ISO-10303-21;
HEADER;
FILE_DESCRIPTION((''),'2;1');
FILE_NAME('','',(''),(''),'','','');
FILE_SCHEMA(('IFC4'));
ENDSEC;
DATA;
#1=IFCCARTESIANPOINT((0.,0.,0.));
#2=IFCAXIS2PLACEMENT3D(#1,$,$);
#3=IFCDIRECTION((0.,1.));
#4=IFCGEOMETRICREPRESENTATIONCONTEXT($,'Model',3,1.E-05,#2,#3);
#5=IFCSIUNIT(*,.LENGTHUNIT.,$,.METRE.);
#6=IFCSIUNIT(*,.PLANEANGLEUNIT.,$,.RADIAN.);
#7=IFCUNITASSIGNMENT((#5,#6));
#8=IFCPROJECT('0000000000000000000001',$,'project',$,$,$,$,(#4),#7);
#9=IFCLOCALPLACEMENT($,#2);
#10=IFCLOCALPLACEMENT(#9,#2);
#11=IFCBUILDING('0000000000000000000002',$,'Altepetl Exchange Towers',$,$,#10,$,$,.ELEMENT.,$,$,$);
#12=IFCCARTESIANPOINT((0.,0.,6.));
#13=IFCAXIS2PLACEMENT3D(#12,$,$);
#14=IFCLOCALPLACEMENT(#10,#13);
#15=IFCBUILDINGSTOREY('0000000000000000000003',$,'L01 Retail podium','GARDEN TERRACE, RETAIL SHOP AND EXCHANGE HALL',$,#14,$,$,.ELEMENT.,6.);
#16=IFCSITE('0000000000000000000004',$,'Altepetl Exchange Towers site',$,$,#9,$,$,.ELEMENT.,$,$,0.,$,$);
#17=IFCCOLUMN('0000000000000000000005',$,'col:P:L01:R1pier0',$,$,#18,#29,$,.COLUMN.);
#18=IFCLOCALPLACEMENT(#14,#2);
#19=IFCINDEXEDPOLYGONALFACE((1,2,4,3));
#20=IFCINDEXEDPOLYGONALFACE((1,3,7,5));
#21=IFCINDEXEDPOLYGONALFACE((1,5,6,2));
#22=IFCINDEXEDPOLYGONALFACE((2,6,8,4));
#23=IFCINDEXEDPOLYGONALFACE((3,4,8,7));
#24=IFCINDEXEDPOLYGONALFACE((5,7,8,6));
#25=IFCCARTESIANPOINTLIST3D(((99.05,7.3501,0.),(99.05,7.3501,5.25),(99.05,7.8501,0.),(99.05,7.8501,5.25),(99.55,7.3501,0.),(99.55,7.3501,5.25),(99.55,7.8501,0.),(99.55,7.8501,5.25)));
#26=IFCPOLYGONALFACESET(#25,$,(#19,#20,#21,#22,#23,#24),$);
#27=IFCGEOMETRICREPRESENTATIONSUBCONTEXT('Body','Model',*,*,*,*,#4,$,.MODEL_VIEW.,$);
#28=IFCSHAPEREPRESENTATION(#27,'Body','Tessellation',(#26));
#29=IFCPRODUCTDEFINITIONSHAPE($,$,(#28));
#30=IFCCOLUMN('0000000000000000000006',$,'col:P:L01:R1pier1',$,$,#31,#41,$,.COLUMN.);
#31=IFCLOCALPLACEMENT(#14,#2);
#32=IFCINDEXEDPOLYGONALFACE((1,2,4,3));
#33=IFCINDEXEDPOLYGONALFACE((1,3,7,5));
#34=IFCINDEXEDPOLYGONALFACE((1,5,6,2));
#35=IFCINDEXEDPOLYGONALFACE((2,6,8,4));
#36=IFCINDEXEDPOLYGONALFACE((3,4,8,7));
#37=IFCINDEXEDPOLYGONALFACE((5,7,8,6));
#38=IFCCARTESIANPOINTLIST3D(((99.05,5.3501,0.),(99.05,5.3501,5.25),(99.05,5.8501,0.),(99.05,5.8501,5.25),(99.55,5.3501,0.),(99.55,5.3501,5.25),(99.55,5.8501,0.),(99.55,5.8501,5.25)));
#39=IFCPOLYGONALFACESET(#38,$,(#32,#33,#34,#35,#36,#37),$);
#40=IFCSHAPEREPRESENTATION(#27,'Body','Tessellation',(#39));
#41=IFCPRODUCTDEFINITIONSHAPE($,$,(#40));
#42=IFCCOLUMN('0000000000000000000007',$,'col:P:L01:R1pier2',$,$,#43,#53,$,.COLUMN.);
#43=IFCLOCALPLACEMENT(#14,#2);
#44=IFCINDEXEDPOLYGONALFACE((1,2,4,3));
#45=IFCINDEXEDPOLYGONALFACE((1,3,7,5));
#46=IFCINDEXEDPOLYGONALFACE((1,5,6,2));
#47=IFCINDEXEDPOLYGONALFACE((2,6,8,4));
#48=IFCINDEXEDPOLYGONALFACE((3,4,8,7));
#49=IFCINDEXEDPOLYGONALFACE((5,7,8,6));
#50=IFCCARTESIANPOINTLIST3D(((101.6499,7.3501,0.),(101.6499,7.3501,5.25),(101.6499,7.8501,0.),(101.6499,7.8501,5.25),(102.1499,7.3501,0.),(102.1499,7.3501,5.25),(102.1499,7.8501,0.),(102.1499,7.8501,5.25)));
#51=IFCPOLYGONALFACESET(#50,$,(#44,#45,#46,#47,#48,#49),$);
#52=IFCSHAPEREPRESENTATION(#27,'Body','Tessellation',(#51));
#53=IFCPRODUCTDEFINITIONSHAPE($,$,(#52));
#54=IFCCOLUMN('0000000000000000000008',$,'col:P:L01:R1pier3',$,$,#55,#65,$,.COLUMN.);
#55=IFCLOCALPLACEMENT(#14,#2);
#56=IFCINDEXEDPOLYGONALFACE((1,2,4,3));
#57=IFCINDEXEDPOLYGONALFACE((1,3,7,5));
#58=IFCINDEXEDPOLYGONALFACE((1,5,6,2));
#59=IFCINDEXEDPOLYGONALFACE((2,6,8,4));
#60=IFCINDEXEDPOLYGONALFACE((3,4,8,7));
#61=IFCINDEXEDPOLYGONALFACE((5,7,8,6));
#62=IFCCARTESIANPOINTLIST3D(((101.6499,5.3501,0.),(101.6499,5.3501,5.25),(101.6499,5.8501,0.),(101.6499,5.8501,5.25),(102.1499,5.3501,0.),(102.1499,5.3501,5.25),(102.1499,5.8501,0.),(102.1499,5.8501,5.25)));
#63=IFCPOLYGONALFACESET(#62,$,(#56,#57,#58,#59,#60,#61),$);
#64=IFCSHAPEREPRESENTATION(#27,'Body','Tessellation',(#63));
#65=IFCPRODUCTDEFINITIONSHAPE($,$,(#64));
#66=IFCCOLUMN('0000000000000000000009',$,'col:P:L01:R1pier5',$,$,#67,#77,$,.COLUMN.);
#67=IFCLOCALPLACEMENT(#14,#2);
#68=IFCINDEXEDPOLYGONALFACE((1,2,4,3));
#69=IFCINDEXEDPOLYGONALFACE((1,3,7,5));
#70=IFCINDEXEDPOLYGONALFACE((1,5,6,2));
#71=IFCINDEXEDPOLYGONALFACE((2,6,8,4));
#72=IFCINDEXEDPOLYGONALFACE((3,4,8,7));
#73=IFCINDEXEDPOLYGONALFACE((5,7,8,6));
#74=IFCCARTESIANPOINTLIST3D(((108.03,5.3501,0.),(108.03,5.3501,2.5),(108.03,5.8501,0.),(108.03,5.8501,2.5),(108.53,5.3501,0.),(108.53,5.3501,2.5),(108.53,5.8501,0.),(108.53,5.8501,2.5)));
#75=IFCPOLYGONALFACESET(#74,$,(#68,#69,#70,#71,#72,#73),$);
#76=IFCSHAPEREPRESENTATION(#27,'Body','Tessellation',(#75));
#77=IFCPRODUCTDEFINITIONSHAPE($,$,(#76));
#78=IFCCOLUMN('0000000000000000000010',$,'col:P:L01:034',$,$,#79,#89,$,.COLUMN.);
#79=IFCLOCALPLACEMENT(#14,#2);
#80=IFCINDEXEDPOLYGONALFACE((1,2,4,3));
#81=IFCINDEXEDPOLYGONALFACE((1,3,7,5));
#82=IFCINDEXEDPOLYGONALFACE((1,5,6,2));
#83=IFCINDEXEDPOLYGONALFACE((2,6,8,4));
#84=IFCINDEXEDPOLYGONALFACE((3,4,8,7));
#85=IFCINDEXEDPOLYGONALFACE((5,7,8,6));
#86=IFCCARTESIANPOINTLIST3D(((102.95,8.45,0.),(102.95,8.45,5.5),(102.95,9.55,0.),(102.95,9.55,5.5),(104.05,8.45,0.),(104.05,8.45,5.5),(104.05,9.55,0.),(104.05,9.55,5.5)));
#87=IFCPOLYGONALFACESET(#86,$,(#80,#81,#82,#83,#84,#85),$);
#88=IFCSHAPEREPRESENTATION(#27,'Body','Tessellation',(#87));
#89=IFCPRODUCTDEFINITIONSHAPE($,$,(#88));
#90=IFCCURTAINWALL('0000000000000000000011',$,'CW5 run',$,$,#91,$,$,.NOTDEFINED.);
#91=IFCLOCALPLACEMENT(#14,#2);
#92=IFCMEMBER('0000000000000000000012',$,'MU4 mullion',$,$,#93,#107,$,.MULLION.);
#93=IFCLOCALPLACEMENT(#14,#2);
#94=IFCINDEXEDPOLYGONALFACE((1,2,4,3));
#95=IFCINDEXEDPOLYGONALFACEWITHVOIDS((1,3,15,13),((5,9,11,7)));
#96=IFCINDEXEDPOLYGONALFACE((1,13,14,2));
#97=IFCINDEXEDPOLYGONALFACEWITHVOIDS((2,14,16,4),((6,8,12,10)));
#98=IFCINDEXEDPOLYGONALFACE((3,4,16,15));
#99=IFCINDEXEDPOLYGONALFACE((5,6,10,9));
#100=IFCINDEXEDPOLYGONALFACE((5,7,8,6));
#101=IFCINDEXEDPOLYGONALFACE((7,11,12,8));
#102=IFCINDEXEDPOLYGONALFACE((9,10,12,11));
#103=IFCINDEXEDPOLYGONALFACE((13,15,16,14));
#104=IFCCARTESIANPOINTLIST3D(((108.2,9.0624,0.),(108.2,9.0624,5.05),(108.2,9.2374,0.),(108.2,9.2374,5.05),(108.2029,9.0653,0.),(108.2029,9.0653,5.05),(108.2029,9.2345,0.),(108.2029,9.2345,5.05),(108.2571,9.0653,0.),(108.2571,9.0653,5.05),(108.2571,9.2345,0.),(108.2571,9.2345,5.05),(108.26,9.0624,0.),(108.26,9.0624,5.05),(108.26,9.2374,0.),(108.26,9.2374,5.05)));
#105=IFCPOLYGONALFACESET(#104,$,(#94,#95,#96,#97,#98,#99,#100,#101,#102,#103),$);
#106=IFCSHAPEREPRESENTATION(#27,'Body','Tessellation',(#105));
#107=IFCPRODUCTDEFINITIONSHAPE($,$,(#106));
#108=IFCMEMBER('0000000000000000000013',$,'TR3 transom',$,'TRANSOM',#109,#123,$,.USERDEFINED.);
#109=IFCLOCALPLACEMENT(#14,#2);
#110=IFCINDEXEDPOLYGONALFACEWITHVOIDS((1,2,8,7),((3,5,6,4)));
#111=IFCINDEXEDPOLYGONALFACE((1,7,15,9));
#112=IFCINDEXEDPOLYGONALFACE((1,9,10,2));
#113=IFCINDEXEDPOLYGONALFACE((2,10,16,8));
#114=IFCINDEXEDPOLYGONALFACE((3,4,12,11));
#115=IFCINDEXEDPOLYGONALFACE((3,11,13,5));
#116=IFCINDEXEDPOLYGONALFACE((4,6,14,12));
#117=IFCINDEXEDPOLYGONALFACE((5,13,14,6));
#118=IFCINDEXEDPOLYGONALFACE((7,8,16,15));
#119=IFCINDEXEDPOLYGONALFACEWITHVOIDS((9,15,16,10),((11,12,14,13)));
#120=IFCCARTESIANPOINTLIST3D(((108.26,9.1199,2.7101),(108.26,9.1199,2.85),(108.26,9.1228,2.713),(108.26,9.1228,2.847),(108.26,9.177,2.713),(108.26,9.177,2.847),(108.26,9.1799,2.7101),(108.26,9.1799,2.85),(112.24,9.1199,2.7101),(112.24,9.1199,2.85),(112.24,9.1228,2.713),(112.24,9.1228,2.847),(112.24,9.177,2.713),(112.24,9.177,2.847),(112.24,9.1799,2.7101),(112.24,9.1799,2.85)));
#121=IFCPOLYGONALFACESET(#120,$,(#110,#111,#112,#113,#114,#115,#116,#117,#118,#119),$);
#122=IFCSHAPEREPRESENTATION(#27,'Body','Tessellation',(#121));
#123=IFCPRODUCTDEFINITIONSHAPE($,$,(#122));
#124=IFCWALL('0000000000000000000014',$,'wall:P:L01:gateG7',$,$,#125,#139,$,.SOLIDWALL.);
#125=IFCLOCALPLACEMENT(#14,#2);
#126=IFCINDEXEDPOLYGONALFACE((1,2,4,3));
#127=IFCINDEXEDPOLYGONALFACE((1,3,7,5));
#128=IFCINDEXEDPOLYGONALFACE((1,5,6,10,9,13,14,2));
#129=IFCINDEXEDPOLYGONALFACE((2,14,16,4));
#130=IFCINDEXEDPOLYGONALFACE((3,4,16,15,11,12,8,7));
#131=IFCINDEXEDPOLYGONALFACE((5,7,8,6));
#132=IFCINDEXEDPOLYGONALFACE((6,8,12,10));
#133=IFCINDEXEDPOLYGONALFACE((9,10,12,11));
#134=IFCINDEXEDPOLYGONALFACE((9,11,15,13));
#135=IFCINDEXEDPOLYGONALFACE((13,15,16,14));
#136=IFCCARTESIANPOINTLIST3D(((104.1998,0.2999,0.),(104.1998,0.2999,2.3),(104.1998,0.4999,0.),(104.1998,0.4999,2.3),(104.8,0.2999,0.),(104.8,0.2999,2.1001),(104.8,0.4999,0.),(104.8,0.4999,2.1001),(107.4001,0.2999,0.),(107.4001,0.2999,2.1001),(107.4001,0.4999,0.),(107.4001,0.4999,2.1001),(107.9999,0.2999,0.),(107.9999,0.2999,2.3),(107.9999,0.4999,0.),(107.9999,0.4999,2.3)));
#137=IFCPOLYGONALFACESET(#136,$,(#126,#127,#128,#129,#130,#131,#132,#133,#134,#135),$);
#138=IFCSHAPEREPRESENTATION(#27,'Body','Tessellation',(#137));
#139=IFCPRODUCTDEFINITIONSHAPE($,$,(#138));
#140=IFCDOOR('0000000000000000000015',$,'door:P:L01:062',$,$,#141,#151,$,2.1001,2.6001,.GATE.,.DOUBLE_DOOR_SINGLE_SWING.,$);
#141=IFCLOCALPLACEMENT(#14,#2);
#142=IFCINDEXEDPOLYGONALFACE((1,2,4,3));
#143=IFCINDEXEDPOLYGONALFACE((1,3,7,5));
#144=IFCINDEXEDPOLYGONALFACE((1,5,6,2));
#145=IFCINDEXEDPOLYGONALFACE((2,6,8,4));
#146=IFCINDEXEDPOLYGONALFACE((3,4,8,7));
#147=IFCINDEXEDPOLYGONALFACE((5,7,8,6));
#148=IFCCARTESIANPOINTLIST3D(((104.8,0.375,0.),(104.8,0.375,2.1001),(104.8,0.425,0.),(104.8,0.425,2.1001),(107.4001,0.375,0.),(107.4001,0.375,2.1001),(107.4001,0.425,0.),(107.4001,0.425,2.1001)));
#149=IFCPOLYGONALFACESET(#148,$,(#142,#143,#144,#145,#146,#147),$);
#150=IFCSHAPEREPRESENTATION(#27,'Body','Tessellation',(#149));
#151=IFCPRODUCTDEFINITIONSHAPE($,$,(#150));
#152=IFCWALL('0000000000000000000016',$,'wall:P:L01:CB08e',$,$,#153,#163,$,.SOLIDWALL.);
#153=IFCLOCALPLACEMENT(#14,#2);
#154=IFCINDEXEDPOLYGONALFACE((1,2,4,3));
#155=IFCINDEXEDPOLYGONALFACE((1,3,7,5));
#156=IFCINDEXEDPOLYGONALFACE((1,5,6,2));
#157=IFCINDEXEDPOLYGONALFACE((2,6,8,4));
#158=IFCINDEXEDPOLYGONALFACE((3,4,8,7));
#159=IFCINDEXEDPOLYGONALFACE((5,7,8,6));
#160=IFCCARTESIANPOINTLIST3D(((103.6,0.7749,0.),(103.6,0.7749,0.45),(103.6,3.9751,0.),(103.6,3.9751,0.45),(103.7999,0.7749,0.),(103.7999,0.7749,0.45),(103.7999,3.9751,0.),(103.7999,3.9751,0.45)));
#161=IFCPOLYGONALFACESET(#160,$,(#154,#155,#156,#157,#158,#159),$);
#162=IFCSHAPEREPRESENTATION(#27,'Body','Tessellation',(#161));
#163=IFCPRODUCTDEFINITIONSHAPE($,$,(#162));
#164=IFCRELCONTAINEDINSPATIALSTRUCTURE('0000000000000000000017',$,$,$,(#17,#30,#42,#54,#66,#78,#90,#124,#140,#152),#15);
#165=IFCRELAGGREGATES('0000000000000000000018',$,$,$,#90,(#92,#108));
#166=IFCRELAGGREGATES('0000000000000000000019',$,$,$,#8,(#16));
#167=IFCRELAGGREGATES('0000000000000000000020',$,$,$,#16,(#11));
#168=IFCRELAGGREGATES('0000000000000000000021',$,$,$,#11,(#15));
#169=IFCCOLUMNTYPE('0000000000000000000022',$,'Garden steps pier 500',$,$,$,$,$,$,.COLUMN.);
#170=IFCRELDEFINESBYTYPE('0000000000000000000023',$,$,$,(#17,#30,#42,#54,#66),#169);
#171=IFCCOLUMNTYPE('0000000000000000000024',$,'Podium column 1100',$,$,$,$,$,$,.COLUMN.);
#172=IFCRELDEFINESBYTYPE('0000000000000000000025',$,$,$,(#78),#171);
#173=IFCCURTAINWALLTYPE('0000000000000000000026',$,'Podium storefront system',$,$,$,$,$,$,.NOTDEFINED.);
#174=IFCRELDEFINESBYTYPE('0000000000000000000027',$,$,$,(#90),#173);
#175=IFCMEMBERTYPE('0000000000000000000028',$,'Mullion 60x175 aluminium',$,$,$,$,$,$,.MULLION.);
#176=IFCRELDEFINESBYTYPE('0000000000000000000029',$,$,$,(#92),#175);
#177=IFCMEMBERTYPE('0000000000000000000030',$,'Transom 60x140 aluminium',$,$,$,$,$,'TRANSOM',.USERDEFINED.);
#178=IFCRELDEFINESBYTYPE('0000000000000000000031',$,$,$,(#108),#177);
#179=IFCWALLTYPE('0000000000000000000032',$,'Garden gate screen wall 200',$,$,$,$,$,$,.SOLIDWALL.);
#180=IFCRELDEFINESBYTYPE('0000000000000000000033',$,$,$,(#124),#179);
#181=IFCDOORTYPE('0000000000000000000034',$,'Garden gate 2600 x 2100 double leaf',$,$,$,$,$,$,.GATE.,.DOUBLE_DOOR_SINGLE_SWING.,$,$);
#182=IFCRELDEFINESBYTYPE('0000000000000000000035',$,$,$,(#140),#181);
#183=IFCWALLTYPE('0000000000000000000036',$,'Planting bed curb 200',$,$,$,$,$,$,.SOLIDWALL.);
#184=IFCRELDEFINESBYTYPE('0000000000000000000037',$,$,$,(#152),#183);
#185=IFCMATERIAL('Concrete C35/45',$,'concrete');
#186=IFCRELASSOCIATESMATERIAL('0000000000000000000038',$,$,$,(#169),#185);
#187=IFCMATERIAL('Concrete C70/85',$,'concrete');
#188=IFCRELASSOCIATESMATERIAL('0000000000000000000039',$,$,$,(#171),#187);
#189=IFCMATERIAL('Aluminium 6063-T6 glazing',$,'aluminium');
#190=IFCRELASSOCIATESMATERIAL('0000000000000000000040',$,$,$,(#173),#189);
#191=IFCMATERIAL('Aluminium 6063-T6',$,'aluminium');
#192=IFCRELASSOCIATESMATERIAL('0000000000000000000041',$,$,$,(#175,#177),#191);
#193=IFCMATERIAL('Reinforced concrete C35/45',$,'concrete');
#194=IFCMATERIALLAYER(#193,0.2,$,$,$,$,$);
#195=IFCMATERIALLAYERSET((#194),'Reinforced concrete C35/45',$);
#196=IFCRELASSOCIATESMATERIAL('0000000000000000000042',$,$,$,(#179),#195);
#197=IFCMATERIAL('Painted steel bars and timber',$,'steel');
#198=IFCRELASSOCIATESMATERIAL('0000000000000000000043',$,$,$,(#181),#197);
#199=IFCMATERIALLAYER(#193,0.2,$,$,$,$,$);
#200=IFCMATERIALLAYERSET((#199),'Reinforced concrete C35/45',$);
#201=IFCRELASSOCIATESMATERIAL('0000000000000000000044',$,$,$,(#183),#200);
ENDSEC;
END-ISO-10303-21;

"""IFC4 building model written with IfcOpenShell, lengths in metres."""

from ifc_helpers import new_model, si_unit, direction, frame, frame_2d, origin, origin_2d, place, context, subcontext, project, spatial, rectangle, hollow_rectangle, extrude, material, layer, layer_set, material_profile, profile_set, type_object, element, fill, aggregate, save


model = new_model("IFC4")

# Units and contexts
model_context = context("Model", 3, precision=1e-05, world=origin(), true_north=direction((0.0, 1.0)))
body_context = subcontext(model_context, "Body", "Model", "MODEL_VIEW")
ifc_project = project(units=[si_unit("LENGTHUNIT", "METRE"), si_unit("PLANEANGLEUNIT", "RADIAN")], contexts=[model_context])

# Site, building, storey
site_placement = place(None, origin())
site = spatial("IfcSite", under=ifc_project, at=site_placement, Name="Altepetl Exchange Towers site", CompositionType="ELEMENT", RefElevation=0.0)
building_placement = place(site_placement, origin())
building = spatial("IfcBuilding", under=site, at=building_placement, Name="Altepetl Exchange Towers", CompositionType="ELEMENT")
storey_placement = place(building_placement, frame((0.0, 0.0, 6.0)))
storey = spatial("IfcBuildingStorey", under=building, at=storey_placement, Name="L01 Retail podium", Description="GARDEN TERRACE, RETAIL SHOP AND EXCHANGE HALL", CompositionType="ELEMENT", Elevation=6.0)

# Columns
ifc_material_1 = material(Name="Concrete C35/45", Category="concrete")
ifc_material_profile_1 = material_profile(ifc_material_1, rectangle(XDim=0.5, YDim=0.5, at=origin_2d()), Name="500 x 500")
ifc_profile_set_1 = profile_set([ifc_material_profile_1], Name="Concrete C35/45")
column_type_1 = type_object("IfcColumnType", Name="Garden steps pier 500", PredefinedType="COLUMN", material=ifc_profile_set_1)
for number, where, name in (
    (1, (99.3, 7.6001, 0.0), "col:P:L01:R1pier0"),
    (2, (99.3, 5.6001, 0.0), "col:P:L01:R1pier1"),
    (3, (101.8999, 7.6001, 0.0), "col:P:L01:R1pier2"),
    (4, (101.8999, 5.6001, 0.0), "col:P:L01:R1pier3"),
):
    element("IfcColumn", number, at=place(storey_placement, frame(where)), inside=storey, type_object=column_type_1, Name=name, PredefinedType="COLUMN", context=body_context, shape_type="SweptSolid", body=[
        extrude(rectangle(XDim=0.5, YDim=0.5, at=origin_2d()), origin(), (0.0, 0.0, 1.0), 5.25),
    ])
column_1_placement = place(storey_placement, frame((108.28, 5.6001, 0.0)))
element("IfcColumn", 5, at=column_1_placement, inside=storey, type_object=column_type_1, Name="col:P:L01:R1pier5", PredefinedType="COLUMN", context=body_context, shape_type="SweptSolid", body=[
    extrude(rectangle(XDim=0.5, YDim=0.5, at=origin_2d()), origin(), (0.0, 0.0, 1.0), 2.5),
])
ifc_material_2 = material(Name="Concrete C70/85", Category="concrete")
ifc_material_profile_2 = material_profile(ifc_material_2, rectangle(XDim=1.1001, YDim=1.1001, at=origin_2d()), Name="1100 x 1100")
ifc_profile_set_2 = profile_set([ifc_material_profile_2], Name="Concrete C70/85")
column_type_2 = type_object("IfcColumnType", Name="Podium column 1100", PredefinedType="COLUMN", material=ifc_profile_set_2)
column_2_placement = place(storey_placement, frame((103.5, 9.0, 0.0)))
element("IfcColumn", 6, at=column_2_placement, inside=storey, type_object=column_type_2, Name="col:P:L01:034", PredefinedType="COLUMN", context=body_context, shape_type="SweptSolid", body=[
    extrude(rectangle(XDim=1.1001, YDim=1.1001, at=origin_2d()), origin(), (0.0, 0.0, 1.0), 5.5),
])

# Curtain wall, members
ifc_material_3 = material(Name="Aluminium 6063-T6 glazing", Category="aluminium")
curtain_wall_type = type_object("IfcCurtainWallType", Name="Podium storefront system", PredefinedType="NOTDEFINED", material=ifc_material_3)
curtain_wall_placement = place(storey_placement, origin())
curtain_wall = element("IfcCurtainWall", 7, at=curtain_wall_placement, inside=storey, type_object=curtain_wall_type, Name="CW5 run", PredefinedType="NOTDEFINED")
ifc_material_4 = material(Name="Aluminium 6063-T6", Category="aluminium")
ifc_material_profile_3 = material_profile(ifc_material_4, hollow_rectangle(XDim=0.0601, YDim=0.175, WallThickness=0.0029, at=origin_2d()), Name="Mullion 60x175 aluminium")
ifc_profile_set_3 = profile_set([ifc_material_profile_3], Name="Aluminium 6063-T6")
member_type_1 = type_object("IfcMemberType", Name="Mullion 60x175 aluminium", PredefinedType="MULLION", material=ifc_profile_set_3)
member_1_placement = place(storey_placement, frame((108.23, 9.1499, 0.0)))
member_1 = element("IfcMember", 8, at=member_1_placement, type_object=member_type_1, Name="MU4 mullion", PredefinedType="MULLION", context=body_context, shape_type="SweptSolid", body=[
    extrude(hollow_rectangle(XDim=0.0601, YDim=0.175, WallThickness=0.0029, at=origin_2d()), origin(), (0.0, 0.0, 1.0), 5.05),
])
ifc_material_profile_4 = material_profile(ifc_material_4, hollow_rectangle(XDim=0.0601, YDim=0.1399, WallThickness=0.0029, at=origin_2d()), Name="Transom 60x140 aluminium")
ifc_profile_set_4 = profile_set([ifc_material_profile_4], Name="Aluminium 6063-T6")
member_type_2 = type_object("IfcMemberType", Name="Transom 60x140 aluminium", ElementType="TRANSOM", PredefinedType="USERDEFINED", material=ifc_profile_set_4)
member_2_placement = place(storey_placement, frame((108.26, 9.1499, 2.78), z_axis=(1.0, 0.0, 0.0), x_axis=(0.0, 1.0, 0.0)))
member_2 = element("IfcMember", 9, at=member_2_placement, type_object=member_type_2, Name="TR3 transom", ObjectType="TRANSOM", PredefinedType="USERDEFINED", context=body_context, shape_type="SweptSolid", body=[
    extrude(hollow_rectangle(XDim=0.0601, YDim=0.1399, WallThickness=0.0029, at=origin_2d()), origin(), (0.0, 0.0, 1.0), 3.98),
])
aggregate(curtain_wall, [member_1, member_2])

# Wall, opening, door
ifc_material_5 = material(Name="Reinforced concrete C35/45", Category="concrete")
ifc_layer_1 = layer(ifc_material_5, 0.2)
ifc_layer_set_1 = layer_set([ifc_layer_1], Name="Reinforced concrete C35/45")
wall_type_1 = type_object("IfcWallType", Name="Garden gate screen wall 200", PredefinedType="SOLIDWALL", material=ifc_layer_set_1)
wall_1_placement = place(storey_placement, frame((104.2, 0.3999, 0.0)))
wall_1 = element("IfcWall", 10, at=wall_1_placement, inside=storey, type_object=wall_type_1, Name="wall:P:L01:gateG7", PredefinedType="SOLIDWALL", context=body_context, shape_type="SweptSolid", body=[
    extrude(rectangle(XDim=3.8, YDim=0.2, at=frame_2d((1.8999, 0.0))), origin(), (0.0, 0.0, 1.0), 2.3),
])
opening_1_placement = place(wall_1_placement, frame((0.6001, 0.0, 0.0)))
opening_1 = element("IfcOpeningElement", 11, at=opening_1_placement, cuts=wall_1, PredefinedType="OPENING", context=body_context, shape_type="SweptSolid", body=[
    extrude(rectangle(XDim=2.6001, YDim=2.1001, at=frame_2d((1.3, 1.05))), frame((0.0, 0.1099, 0.0), z_axis=(0.0, -1.0, 0.0), x_axis=(1.0, 0.0, 0.0)), (0.0, 0.0, 1.0), 0.22),
])
ifc_material_6 = material(Name="Painted steel bars and timber", Category="steel")
door_type = type_object("IfcDoorType", Name="Garden gate 2600 x 2100 double leaf", OperationType="DOUBLE_DOOR_SINGLE_SWING", PredefinedType="GATE", material=ifc_material_6)
door_placement = place(opening_1_placement, frame((2.6001, 0.0, 0.0), x_axis=(-1.0, 0.0, 0.0)))
door = element("IfcDoor", 12, at=door_placement, inside=storey, type_object=door_type, Name="door:P:L01:062", OperationType="DOUBLE_DOOR_SINGLE_SWING", OverallHeight=2.1001, OverallWidth=2.6001, PredefinedType="GATE", context=body_context, shape_type="SweptSolid", body=[
    extrude(rectangle(XDim=2.6001, YDim=2.1001, at=frame_2d((1.3, 1.05))), frame((0.0, 0.0249, 0.0), z_axis=(0.0, -1.0, 0.0), x_axis=(1.0, 0.0, 0.0)), (0.0, 0.0, 1.0), 0.05),
])
fill(opening_1, door)

# Wall
ifc_layer_2 = layer(ifc_material_5, 0.2)
ifc_layer_set_2 = layer_set([ifc_layer_2], Name="Reinforced concrete C35/45")
wall_type_2 = type_object("IfcWallType", Name="Planting bed curb 200", PredefinedType="SOLIDWALL", material=ifc_layer_set_2)
wall_2_placement = place(storey_placement, frame((103.7, 0.7749, 0.0), z_axis=(0.0, 0.0, 1.0), x_axis=(0.0, 1.0, 0.0)))
element("IfcWall", 13, at=wall_2_placement, inside=storey, type_object=wall_type_2, Name="wall:P:L01:CB08e", PredefinedType="SOLIDWALL", context=body_context, shape_type="SweptSolid", body=[
    extrude(rectangle(XDim=3.2002, YDim=0.2, at=frame_2d((1.6001, 0.0))), origin(), (0.0, 0.0, 1.0), 0.45),
])

save(model, "model.ifc")
